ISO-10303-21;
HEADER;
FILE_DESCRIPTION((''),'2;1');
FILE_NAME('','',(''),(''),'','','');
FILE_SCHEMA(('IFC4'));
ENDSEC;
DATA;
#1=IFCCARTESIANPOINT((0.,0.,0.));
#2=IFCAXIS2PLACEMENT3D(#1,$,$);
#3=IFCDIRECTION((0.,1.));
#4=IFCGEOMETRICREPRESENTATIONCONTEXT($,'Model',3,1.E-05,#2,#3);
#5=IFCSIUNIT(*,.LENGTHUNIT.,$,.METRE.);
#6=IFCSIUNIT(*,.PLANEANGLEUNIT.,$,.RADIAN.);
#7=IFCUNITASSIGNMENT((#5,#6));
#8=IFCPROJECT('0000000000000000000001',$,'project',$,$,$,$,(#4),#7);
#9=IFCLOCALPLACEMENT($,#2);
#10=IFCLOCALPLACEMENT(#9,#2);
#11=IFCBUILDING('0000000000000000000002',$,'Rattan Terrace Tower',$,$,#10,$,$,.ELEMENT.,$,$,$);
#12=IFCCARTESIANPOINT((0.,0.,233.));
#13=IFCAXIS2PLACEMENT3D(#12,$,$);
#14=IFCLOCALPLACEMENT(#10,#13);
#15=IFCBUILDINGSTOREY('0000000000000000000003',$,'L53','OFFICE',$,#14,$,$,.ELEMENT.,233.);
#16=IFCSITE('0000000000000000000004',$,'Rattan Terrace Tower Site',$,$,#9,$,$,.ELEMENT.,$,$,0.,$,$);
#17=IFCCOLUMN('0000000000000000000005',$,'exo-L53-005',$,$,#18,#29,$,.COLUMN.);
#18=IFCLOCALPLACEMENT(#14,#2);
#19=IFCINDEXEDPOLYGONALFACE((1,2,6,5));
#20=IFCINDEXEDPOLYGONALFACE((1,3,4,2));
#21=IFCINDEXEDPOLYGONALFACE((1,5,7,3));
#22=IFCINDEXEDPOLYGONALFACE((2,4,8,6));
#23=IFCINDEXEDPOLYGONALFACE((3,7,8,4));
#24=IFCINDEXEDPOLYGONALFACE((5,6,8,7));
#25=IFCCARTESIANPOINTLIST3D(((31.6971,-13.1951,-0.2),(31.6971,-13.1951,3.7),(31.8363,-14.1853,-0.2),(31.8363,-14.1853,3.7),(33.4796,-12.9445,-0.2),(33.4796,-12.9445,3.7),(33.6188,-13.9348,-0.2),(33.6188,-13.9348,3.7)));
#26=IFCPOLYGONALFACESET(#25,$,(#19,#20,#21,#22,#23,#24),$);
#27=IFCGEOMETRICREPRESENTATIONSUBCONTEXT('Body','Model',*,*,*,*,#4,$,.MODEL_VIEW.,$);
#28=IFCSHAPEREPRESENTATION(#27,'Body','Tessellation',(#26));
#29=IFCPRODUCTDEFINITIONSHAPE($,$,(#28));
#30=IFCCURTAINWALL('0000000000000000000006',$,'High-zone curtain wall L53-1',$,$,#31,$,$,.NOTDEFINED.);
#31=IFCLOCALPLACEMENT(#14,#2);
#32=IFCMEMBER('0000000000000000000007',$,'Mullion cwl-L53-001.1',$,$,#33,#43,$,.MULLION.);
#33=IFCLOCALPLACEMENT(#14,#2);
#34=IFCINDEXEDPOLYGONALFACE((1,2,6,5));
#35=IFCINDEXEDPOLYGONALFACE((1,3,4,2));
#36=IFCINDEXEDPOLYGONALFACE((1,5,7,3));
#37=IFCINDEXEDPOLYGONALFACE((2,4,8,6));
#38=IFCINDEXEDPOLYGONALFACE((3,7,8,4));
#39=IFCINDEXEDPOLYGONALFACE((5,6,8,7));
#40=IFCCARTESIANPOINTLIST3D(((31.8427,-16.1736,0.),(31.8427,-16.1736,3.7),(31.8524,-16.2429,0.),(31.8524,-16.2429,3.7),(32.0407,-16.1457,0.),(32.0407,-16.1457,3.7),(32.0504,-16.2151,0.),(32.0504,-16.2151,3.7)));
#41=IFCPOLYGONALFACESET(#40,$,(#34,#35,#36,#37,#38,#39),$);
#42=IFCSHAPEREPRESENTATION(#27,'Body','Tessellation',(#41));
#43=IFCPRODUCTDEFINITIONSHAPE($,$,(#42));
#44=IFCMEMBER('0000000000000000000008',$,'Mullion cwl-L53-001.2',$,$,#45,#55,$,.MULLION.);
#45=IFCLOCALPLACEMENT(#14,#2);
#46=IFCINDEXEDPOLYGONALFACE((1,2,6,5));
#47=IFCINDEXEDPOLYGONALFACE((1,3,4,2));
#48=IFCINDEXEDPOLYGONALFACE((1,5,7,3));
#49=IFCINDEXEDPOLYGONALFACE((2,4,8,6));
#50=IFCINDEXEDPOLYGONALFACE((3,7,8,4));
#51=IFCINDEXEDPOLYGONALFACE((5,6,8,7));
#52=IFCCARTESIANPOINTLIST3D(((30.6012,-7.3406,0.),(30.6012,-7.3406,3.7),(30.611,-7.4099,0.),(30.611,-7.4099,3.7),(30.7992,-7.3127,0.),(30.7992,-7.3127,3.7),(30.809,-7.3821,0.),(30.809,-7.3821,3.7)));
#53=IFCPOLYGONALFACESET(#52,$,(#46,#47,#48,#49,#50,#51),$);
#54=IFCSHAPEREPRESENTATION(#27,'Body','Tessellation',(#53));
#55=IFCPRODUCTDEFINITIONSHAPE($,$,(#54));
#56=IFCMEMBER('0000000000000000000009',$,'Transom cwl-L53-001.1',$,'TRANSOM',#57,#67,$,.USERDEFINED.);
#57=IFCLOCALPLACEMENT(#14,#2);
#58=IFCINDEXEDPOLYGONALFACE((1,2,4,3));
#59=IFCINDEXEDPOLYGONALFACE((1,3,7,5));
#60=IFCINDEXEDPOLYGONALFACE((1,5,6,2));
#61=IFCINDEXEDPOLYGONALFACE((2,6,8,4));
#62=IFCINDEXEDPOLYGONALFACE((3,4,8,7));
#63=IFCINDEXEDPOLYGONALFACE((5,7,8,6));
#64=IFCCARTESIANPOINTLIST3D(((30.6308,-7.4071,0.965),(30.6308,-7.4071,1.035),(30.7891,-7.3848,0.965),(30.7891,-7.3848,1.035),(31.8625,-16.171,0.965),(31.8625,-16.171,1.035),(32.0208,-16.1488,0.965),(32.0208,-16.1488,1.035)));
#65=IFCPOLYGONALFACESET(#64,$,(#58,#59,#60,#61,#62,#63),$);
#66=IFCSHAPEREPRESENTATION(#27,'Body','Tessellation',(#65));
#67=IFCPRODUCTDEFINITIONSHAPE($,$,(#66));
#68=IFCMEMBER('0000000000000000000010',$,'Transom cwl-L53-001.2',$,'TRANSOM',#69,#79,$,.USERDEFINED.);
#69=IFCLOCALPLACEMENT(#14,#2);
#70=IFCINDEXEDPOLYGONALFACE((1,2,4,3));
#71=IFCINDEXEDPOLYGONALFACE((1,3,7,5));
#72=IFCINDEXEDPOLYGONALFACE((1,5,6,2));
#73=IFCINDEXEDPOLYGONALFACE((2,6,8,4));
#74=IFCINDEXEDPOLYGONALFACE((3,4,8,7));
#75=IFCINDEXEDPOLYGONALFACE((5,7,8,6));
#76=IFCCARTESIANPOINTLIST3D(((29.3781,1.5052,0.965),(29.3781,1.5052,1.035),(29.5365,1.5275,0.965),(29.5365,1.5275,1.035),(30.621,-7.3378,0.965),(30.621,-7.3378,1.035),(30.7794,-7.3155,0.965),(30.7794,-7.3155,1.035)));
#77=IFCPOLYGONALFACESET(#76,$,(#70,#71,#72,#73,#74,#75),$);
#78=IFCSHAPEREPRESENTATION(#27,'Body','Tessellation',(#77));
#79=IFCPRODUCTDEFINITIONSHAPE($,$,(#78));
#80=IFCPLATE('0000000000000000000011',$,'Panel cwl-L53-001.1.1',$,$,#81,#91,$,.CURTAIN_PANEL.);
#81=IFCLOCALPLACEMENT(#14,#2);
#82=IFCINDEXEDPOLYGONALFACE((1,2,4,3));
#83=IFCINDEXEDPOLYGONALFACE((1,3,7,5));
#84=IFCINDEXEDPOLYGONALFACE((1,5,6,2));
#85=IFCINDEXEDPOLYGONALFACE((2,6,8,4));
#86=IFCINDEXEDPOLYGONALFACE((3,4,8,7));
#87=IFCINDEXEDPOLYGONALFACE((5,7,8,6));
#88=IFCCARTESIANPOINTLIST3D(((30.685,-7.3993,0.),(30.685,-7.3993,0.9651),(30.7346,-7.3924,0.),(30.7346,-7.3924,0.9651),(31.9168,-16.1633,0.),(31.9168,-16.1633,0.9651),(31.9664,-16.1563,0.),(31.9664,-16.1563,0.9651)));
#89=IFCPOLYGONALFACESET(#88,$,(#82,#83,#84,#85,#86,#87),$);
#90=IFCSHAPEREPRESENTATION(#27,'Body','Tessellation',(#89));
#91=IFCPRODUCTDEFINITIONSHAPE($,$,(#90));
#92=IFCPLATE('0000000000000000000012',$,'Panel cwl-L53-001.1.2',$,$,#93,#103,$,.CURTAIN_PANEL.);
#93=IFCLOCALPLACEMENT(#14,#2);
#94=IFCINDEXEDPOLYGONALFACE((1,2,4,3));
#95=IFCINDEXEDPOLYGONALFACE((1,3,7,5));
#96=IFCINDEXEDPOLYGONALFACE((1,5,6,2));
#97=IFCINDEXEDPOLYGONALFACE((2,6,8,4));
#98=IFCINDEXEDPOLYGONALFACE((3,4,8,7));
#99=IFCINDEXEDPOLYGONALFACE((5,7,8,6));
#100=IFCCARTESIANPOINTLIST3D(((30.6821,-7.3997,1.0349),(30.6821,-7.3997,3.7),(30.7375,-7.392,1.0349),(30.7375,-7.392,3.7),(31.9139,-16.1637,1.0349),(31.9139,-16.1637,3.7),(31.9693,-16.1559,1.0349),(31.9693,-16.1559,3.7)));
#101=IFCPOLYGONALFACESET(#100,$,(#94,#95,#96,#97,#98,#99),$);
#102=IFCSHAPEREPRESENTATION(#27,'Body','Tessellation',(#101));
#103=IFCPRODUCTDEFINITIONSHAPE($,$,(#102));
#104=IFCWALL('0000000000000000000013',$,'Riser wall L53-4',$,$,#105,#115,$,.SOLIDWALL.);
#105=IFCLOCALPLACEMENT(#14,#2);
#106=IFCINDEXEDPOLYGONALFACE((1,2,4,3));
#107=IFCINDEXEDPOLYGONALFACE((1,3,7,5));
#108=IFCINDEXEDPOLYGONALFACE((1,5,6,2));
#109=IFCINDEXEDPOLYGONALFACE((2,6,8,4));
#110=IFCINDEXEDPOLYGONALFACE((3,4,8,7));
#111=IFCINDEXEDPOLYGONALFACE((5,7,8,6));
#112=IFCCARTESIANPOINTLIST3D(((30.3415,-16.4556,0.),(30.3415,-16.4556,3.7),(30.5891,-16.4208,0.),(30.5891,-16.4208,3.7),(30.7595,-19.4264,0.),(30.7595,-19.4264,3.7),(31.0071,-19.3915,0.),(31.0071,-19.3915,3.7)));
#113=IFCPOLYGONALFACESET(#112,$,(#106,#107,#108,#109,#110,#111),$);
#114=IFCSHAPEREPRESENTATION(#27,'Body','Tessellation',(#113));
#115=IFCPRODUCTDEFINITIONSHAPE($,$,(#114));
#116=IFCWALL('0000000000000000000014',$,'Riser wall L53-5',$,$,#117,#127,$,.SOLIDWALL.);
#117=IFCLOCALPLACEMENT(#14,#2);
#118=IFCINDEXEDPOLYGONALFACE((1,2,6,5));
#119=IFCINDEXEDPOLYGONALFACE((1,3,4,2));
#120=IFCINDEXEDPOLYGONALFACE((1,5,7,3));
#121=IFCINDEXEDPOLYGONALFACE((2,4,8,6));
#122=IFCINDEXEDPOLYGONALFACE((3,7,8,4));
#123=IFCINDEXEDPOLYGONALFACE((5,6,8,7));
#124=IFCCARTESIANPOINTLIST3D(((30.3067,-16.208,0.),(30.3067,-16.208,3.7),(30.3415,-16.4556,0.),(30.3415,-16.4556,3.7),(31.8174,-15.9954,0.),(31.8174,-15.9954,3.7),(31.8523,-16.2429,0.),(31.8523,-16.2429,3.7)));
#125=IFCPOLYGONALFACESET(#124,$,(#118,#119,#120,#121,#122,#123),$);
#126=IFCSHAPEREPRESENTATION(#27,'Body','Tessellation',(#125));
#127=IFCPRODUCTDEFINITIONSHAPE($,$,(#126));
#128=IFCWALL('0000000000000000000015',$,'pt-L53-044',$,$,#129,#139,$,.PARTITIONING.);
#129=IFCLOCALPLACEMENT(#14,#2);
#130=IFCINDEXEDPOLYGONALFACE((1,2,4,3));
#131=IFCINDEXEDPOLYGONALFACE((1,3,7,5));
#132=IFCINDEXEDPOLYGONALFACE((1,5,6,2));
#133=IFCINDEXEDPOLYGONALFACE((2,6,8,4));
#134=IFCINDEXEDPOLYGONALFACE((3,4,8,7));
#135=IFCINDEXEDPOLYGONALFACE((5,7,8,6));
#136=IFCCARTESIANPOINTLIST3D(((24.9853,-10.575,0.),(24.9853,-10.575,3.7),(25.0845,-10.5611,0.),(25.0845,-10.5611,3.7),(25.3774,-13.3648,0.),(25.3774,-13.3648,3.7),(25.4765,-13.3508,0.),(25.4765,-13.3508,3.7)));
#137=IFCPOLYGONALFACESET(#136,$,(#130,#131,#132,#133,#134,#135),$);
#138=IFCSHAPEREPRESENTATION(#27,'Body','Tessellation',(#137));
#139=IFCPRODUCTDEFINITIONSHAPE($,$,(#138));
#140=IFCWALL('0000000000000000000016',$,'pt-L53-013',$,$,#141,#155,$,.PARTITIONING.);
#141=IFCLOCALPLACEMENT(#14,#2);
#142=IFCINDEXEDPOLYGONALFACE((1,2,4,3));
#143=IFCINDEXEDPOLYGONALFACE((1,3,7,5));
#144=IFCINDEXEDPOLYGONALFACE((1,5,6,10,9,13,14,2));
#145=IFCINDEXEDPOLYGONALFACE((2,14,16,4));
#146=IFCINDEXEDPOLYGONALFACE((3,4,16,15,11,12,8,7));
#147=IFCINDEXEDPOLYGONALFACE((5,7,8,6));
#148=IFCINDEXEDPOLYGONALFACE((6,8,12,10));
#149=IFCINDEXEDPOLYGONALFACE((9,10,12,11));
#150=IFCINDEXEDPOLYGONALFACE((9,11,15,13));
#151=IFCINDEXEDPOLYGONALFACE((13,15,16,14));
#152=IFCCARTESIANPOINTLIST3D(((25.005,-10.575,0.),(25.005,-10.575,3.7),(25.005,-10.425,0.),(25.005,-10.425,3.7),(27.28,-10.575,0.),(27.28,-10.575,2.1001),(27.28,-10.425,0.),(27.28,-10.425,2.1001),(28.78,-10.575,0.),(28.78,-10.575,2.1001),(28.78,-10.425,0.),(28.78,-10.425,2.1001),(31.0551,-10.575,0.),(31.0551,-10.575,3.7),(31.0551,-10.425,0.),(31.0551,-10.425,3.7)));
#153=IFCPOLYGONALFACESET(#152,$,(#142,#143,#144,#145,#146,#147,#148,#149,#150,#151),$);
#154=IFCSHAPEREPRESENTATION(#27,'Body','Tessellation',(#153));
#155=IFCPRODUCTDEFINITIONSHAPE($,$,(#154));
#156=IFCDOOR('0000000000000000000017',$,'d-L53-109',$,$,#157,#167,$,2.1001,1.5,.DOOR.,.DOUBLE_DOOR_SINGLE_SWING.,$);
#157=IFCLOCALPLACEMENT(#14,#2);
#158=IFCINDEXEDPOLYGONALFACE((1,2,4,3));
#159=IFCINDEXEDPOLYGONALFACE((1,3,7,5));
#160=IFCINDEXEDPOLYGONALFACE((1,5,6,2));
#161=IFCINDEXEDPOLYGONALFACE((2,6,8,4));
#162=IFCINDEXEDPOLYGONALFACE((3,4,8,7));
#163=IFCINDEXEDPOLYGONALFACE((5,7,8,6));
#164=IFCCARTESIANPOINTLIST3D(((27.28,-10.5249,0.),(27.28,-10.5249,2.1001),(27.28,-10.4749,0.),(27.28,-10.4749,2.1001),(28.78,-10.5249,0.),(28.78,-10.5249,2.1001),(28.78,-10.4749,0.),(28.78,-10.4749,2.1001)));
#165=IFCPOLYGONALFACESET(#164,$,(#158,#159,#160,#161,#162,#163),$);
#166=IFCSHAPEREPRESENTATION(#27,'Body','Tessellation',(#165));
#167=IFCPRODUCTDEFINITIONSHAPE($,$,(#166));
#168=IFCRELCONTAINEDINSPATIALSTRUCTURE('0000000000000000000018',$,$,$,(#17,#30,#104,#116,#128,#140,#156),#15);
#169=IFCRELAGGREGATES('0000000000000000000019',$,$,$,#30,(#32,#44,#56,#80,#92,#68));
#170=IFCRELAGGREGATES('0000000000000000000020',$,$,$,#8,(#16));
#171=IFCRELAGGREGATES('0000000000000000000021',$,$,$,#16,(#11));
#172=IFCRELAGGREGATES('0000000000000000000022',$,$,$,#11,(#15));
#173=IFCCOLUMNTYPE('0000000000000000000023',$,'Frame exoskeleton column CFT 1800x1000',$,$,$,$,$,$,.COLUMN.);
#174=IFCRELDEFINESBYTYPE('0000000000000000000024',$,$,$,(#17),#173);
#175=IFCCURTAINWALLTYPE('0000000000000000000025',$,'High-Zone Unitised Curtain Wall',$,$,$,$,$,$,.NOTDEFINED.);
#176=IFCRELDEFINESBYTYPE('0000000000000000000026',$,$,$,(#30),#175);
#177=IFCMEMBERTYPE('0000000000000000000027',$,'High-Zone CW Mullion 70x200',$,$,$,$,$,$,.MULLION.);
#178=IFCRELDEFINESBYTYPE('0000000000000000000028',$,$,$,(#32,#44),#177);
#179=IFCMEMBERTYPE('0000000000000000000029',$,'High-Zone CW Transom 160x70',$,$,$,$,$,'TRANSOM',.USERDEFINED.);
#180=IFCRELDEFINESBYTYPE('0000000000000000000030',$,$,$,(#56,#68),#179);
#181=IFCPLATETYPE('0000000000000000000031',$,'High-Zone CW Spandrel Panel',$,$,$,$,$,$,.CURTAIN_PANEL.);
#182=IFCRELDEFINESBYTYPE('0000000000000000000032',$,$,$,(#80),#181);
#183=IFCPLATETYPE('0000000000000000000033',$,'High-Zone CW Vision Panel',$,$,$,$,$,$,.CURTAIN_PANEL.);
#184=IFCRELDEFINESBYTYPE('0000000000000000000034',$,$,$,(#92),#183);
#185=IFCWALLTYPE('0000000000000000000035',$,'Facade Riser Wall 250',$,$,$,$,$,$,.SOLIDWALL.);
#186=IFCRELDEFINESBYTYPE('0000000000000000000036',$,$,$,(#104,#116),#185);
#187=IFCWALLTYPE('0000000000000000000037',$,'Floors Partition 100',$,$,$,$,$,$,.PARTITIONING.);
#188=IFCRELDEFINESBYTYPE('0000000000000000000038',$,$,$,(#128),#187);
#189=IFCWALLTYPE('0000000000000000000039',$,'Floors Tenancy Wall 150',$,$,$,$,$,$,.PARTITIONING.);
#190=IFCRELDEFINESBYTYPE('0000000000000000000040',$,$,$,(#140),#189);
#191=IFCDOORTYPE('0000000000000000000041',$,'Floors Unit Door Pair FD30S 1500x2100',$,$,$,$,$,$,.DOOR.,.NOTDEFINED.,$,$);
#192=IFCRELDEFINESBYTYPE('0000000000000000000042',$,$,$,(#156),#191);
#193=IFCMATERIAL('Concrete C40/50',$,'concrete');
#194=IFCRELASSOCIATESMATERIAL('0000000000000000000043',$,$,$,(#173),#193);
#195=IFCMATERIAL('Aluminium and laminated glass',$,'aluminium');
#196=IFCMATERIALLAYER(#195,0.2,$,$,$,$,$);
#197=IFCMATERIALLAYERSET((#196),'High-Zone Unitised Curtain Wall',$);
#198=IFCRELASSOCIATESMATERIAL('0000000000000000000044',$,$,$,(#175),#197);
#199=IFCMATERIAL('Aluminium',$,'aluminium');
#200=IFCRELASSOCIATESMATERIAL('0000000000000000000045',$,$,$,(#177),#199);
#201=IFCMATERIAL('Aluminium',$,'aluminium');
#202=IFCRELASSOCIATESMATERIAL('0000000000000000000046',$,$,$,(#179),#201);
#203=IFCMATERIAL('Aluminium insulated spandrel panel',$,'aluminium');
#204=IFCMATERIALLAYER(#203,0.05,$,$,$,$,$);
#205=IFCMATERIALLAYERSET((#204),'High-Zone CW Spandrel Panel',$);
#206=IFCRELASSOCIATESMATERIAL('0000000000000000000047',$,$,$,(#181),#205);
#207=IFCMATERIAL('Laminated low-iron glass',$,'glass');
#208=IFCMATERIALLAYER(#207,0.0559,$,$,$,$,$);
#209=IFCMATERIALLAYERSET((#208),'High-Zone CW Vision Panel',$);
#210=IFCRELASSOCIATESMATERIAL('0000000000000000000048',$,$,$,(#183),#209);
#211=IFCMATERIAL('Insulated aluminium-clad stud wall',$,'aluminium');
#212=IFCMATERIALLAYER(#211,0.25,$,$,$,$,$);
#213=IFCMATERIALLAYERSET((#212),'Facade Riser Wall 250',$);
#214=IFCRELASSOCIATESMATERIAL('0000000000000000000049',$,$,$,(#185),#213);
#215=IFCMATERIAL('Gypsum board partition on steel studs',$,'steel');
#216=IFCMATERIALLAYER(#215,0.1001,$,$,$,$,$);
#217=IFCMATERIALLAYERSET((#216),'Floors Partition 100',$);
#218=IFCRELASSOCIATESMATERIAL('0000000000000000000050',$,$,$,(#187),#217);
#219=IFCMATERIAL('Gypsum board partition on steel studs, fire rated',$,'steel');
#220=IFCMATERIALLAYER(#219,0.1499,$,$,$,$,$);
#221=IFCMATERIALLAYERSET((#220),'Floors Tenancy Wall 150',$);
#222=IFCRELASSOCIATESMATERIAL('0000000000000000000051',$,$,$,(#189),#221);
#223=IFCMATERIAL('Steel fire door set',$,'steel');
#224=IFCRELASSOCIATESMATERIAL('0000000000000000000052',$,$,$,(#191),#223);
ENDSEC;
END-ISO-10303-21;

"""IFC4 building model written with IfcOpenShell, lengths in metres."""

from ifc_helpers import new_model, si_unit, direction, frame, frame_2d, origin, origin_2d, place, context, subcontext, project, spatial, rectangle, extrude, material, layer, layer_set, material_profile, profile_set, type_object, element, fill, aggregate, save


model = new_model("IFC4")

# Units and contexts
model_context = context("Model", 3, precision=1e-05, world=origin(), true_north=direction((0.0, 1.0)))
body_context = subcontext(model_context, "Body", "Model", "MODEL_VIEW")
ifc_project = project(units=[si_unit("LENGTHUNIT", "METRE"), si_unit("PLANEANGLEUNIT", "RADIAN")], contexts=[model_context])

# Site, building, storey
site_placement = place(None, origin())
site = spatial("IfcSite", under=ifc_project, at=site_placement, Name="Rattan Terrace Tower Site", CompositionType="ELEMENT", RefElevation=0.0)
building_placement = place(site_placement, origin())
building = spatial("IfcBuilding", under=site, at=building_placement, Name="Rattan Terrace Tower", CompositionType="ELEMENT")
storey_placement = place(building_placement, frame((0.0, 0.0, 233.0)))
storey = spatial("IfcBuildingStorey", under=building, at=storey_placement, Name="L53", Description="OFFICE", CompositionType="ELEMENT", Elevation=233.0)

# Column
ifc_material_1 = material(Name="Concrete C40/50", Category="concrete")
ifc_material_profile_1 = material_profile(ifc_material_1, rectangle(XDim=1.0, YDim=1.8, at=origin_2d()), Name="CFT 1800x1000")
ifc_profile_set_1 = profile_set([ifc_material_profile_1], Name="Concrete C40/50")
column_type = type_object("IfcColumnType", Name="Frame exoskeleton column CFT 1800x1000", PredefinedType="COLUMN", material=ifc_profile_set_1)
column_placement = place(storey_placement, frame((32.658, -13.5649, -0.2), z_axis=(0.0, 0.0, 1.0), x_axis=(-0.13919, 0.990266, 0.0)))
element("IfcColumn", 1, at=column_placement, inside=storey, type_object=column_type, Name="exo-L53-005", PredefinedType="COLUMN", context=body_context, shape_type="SweptSolid", body=[
    extrude(rectangle(XDim=1.0, YDim=1.8, at=origin_2d()), origin(), (0.0, 0.0, 1.0), 3.8999),
])

# Curtain wall, members, plates
ifc_material_2 = material(Name="Aluminium and laminated glass", Category="aluminium")
ifc_layer_1 = layer(ifc_material_2, 0.2)
ifc_layer_set_1 = layer_set([ifc_layer_1], Name="High-Zone Unitised Curtain Wall")
curtain_wall_type = type_object("IfcCurtainWallType", Name="High-Zone Unitised Curtain Wall", PredefinedType="NOTDEFINED", material=ifc_layer_set_1)
curtain_wall_placement = place(storey_placement, origin())
curtain_wall = element("IfcCurtainWall", 2, at=curtain_wall_placement, inside=storey, type_object=curtain_wall_type, Name="High-zone curtain wall L53-1", PredefinedType="NOTDEFINED")
ifc_material_3 = material(Name="Aluminium", Category="aluminium")
ifc_material_profile_2 = material_profile(ifc_material_3, rectangle(XDim=0.0701, YDim=0.2, at=origin_2d()), Name="Aluminium 70x200")
ifc_profile_set_2 = profile_set([ifc_material_profile_2], Name="Aluminium")
member_type_1 = type_object("IfcMemberType", Name="High-Zone CW Mullion 70x200", PredefinedType="MULLION", material=ifc_profile_set_2)
member_1_placement = place(storey_placement, frame((31.9465, -16.1943, 0.0), z_axis=(0.0, 0.0, 1.0), x_axis=(-0.139186, 0.990266, 0.0)))
member_1 = element("IfcMember", 3, at=member_1_placement, type_object=member_type_1, Name="Mullion cwl-L53-001.1", PredefinedType="MULLION", context=body_context, shape_type="SweptSolid", body=[
    extrude(rectangle(XDim=0.0701, YDim=0.2, at=origin_2d()), origin(), (0.0, 0.0, 1.0), 3.7),
])
member_2_placement = place(storey_placement, frame((30.7051, -7.3613, 0.0), z_axis=(0.0, 0.0, 1.0), x_axis=(-0.139186, 0.990266, 0.0)))
member_2 = element("IfcMember", 4, at=member_2_placement, type_object=member_type_1, Name="Mullion cwl-L53-001.2", PredefinedType="MULLION", context=body_context, shape_type="SweptSolid", body=[
    extrude(rectangle(XDim=0.0701, YDim=0.2, at=origin_2d()), origin(), (0.0, 0.0, 1.0), 3.7),
])
ifc_material_4 = material(Name="Aluminium", Category="aluminium")
ifc_material_profile_3 = material_profile(ifc_material_4, rectangle(XDim=0.1599, YDim=0.0701, at=origin_2d()), Name="Aluminium 160x70")
ifc_profile_set_3 = profile_set([ifc_material_profile_3], Name="Aluminium")
member_type_2 = type_object("IfcMemberType", Name="High-Zone CW Transom 160x70", ElementType="TRANSOM", PredefinedType="USERDEFINED", material=ifc_profile_set_3)
member_3_placement = place(storey_placement, frame((31.9417, -16.1599, 1.0), z_axis=(-0.139173, 0.990268, 0.0), x_axis=(-0.990268, -0.139173, 0.0)))
member_3 = element("IfcMember", 5, at=member_3_placement, type_object=member_type_2, Name="Transom cwl-L53-001.1", ObjectType="TRANSOM", PredefinedType="USERDEFINED", context=body_context, shape_type="SweptSolid", body=[
    extrude(rectangle(XDim=0.1599, YDim=0.0701, at=origin_2d()), origin(), (0.0, 0.0, 1.0), 8.8501),
])
member_4_placement = place(storey_placement, frame((30.7002, -7.3267, 1.0), z_axis=(-0.139186, 0.990266, 0.0), x_axis=(-0.990266, -0.139186, 0.0)))
member_4 = element("IfcMember", 6, at=member_4_placement, type_object=member_type_2, Name="Transom cwl-L53-001.2", ObjectType="TRANSOM", PredefinedType="USERDEFINED", context=body_context, shape_type="SweptSolid", body=[
    extrude(rectangle(XDim=0.1599, YDim=0.0701, at=origin_2d()), origin(), (0.0, 0.0, 1.0), 8.9299),
])
ifc_material_5 = material(Name="Aluminium insulated spandrel panel", Category="aluminium")
ifc_layer_2 = layer(ifc_material_5, 0.05)
ifc_layer_set_2 = layer_set([ifc_layer_2], Name="High-Zone CW Spandrel Panel")
plate_type_1 = type_object("IfcPlateType", Name="High-Zone CW Spandrel Panel", PredefinedType="CURTAIN_PANEL", material=ifc_layer_set_2)
plate_1_placement = place(storey_placement, frame((31.3257, -11.7778, 0.0), z_axis=(0.0, 0.0, 1.0), x_axis=(-0.139186, 0.990266, 0.0)))
plate_1 = element("IfcPlate", 7, at=plate_1_placement, type_object=plate_type_1, Name="Panel cwl-L53-001.1.1", PredefinedType="CURTAIN_PANEL", context=body_context, shape_type="SweptSolid", body=[
    extrude(rectangle(XDim=8.8501, YDim=0.05, at=origin_2d()), origin(), (0.0, 0.0, 1.0), 0.9651),
])
ifc_material_6 = material(Name="Laminated low-iron glass", Category="glass")
ifc_layer_3 = layer(ifc_material_6, 0.0559)
ifc_layer_set_3 = layer_set([ifc_layer_3], Name="High-Zone CW Vision Panel")
plate_type_2 = type_object("IfcPlateType", Name="High-Zone CW Vision Panel", PredefinedType="CURTAIN_PANEL", material=ifc_layer_set_3)
plate_2_placement = place(storey_placement, frame((31.3257, -11.7778, 1.0349), z_axis=(0.0, 0.0, 1.0), x_axis=(-0.139186, 0.990266, 0.0)))
plate_2 = element("IfcPlate", 8, at=plate_2_placement, type_object=plate_type_2, Name="Panel cwl-L53-001.1.2", PredefinedType="CURTAIN_PANEL", context=body_context, shape_type="SweptSolid", body=[
    extrude(rectangle(XDim=8.8501, YDim=0.0559, at=origin_2d()), origin(), (0.0, 0.0, 1.0), 2.665),
])
aggregate(curtain_wall, [member_1, member_2, member_3, plate_1, plate_2, member_4])

# Walls
ifc_material_7 = material(Name="Insulated aluminium-clad stud wall", Category="aluminium")
ifc_layer_4 = layer(ifc_material_7, 0.25)
ifc_layer_set_4 = layer_set([ifc_layer_4], Name="Facade Riser Wall 250")
wall_type_1 = type_object("IfcWallType", Name="Facade Riser Wall 250", PredefinedType="SOLIDWALL", material=ifc_layer_set_4)
wall_1_placement = place(storey_placement, frame((30.8833, -19.4089, 0.0), z_axis=(0.0, 0.0, 1.0), x_axis=(-0.139325, 0.990247, 0.0)))
element("IfcWall", 9, at=wall_1_placement, inside=storey, type_object=wall_type_1, Name="Riser wall L53-4", PredefinedType="SOLIDWALL", context=body_context, shape_type="SweptSolid", body=[
    extrude(rectangle(XDim=3.0, YDim=0.25, at=frame_2d((1.5, 0.0))), origin(), (0.0, 0.0, 1.0), 3.7),
])
wall_2_placement = place(storey_placement, frame((30.3242, -16.3318, 0.0), z_axis=(0.0, 0.0, 1.0), x_axis=(0.990239, 0.139382, 0.0)))
element("IfcWall", 10, at=wall_2_placement, inside=storey, type_object=wall_type_1, Name="Riser wall L53-5", PredefinedType="SOLIDWALL", context=body_context, shape_type="SweptSolid", body=[
    extrude(rectangle(XDim=1.5256, YDim=0.25, at=frame_2d((0.7627, 0.0))), origin(), (0.0, 0.0, 1.0), 3.7),
])
ifc_material_8 = material(Name="Gypsum board partition on steel studs", Category="steel")
ifc_layer_5 = layer(ifc_material_8, 0.1001)
ifc_layer_set_5 = layer_set([ifc_layer_5], Name="Floors Partition 100")
wall_type_2 = type_object("IfcWallType", Name="Floors Partition 100", PredefinedType="PARTITIONING", material=ifc_layer_set_5)
wall_3_placement = place(storey_placement, frame((25.427, -13.3579, 0.0), z_axis=(0.0, 0.0, 1.0), x_axis=(-0.139176, 0.990268, 0.0)))
element("IfcWall", 11, at=wall_3_placement, inside=storey, type_object=wall_type_2, Name="pt-L53-044", PredefinedType="PARTITIONING", context=body_context, shape_type="SweptSolid", body=[
    extrude(rectangle(XDim=2.8171, YDim=0.1001, at=frame_2d((1.4087, 0.0))), origin(), (0.0, 0.0, 1.0), 3.7),
])

# Wall, opening, door
ifc_material_9 = material(Name="Gypsum board partition on steel studs, fire rated", Category="steel")
ifc_layer_6 = layer(ifc_material_9, 0.1499)
ifc_layer_set_6 = layer_set([ifc_layer_6], Name="Floors Tenancy Wall 150")
wall_type_3 = type_object("IfcWallType", Name="Floors Tenancy Wall 150", PredefinedType="PARTITIONING", material=ifc_layer_set_6)
wall_4_placement = place(storey_placement, frame((31.0549, -10.5, 0.0), z_axis=(0.0, 0.0, 1.0), x_axis=(-1.0, 0.0, 0.0)))
wall_4 = element("IfcWall", 12, at=wall_4_placement, inside=storey, type_object=wall_type_3, Name="pt-L53-013", PredefinedType="PARTITIONING", context=body_context, shape_type="SweptSolid", body=[
    extrude(rectangle(XDim=6.05, YDim=0.1499, at=frame_2d((3.0249, 0.0))), origin(), (0.0, 0.0, 1.0), 3.7),
])
opening_placement = place(wall_4_placement, frame((2.2749, 0.0, 0.0)))
opening = element("IfcOpeningElement", 13, at=opening_placement, cuts=wall_4, PredefinedType="OPENING", context=body_context, shape_type="SweptSolid", body=[
    extrude(rectangle(XDim=1.5, YDim=2.1001, at=frame_2d((0.75, 1.05))), frame((0.0, 0.0854, 0.0), z_axis=(0.0, -1.0, 0.0), x_axis=(1.0, 0.0, 0.0)), (0.0, 0.0, 1.0), 0.1709),
])
ifc_material_10 = material(Name="Steel fire door set", Category="steel")
door_type = type_object("IfcDoorType", Name="Floors Unit Door Pair FD30S 1500x2100", OperationType="NOTDEFINED", PredefinedType="DOOR", material=ifc_material_10)
door_placement = place(opening_placement, origin())
door = element("IfcDoor", 14, at=door_placement, inside=storey, type_object=door_type, Name="d-L53-109", OperationType="DOUBLE_DOOR_SINGLE_SWING", OverallHeight=2.1001, OverallWidth=1.5, PredefinedType="DOOR", context=body_context, shape_type="SweptSolid", body=[
    extrude(rectangle(XDim=1.5, YDim=2.1001, at=frame_2d((0.75, 1.05))), frame((0.0, 0.0249, 0.0), z_axis=(0.0, -1.0, 0.0), x_axis=(1.0, 0.0, 0.0)), (0.0, 0.0, 1.0), 0.05),
])
fill(opening, door)

save(model, "model.ifc")
